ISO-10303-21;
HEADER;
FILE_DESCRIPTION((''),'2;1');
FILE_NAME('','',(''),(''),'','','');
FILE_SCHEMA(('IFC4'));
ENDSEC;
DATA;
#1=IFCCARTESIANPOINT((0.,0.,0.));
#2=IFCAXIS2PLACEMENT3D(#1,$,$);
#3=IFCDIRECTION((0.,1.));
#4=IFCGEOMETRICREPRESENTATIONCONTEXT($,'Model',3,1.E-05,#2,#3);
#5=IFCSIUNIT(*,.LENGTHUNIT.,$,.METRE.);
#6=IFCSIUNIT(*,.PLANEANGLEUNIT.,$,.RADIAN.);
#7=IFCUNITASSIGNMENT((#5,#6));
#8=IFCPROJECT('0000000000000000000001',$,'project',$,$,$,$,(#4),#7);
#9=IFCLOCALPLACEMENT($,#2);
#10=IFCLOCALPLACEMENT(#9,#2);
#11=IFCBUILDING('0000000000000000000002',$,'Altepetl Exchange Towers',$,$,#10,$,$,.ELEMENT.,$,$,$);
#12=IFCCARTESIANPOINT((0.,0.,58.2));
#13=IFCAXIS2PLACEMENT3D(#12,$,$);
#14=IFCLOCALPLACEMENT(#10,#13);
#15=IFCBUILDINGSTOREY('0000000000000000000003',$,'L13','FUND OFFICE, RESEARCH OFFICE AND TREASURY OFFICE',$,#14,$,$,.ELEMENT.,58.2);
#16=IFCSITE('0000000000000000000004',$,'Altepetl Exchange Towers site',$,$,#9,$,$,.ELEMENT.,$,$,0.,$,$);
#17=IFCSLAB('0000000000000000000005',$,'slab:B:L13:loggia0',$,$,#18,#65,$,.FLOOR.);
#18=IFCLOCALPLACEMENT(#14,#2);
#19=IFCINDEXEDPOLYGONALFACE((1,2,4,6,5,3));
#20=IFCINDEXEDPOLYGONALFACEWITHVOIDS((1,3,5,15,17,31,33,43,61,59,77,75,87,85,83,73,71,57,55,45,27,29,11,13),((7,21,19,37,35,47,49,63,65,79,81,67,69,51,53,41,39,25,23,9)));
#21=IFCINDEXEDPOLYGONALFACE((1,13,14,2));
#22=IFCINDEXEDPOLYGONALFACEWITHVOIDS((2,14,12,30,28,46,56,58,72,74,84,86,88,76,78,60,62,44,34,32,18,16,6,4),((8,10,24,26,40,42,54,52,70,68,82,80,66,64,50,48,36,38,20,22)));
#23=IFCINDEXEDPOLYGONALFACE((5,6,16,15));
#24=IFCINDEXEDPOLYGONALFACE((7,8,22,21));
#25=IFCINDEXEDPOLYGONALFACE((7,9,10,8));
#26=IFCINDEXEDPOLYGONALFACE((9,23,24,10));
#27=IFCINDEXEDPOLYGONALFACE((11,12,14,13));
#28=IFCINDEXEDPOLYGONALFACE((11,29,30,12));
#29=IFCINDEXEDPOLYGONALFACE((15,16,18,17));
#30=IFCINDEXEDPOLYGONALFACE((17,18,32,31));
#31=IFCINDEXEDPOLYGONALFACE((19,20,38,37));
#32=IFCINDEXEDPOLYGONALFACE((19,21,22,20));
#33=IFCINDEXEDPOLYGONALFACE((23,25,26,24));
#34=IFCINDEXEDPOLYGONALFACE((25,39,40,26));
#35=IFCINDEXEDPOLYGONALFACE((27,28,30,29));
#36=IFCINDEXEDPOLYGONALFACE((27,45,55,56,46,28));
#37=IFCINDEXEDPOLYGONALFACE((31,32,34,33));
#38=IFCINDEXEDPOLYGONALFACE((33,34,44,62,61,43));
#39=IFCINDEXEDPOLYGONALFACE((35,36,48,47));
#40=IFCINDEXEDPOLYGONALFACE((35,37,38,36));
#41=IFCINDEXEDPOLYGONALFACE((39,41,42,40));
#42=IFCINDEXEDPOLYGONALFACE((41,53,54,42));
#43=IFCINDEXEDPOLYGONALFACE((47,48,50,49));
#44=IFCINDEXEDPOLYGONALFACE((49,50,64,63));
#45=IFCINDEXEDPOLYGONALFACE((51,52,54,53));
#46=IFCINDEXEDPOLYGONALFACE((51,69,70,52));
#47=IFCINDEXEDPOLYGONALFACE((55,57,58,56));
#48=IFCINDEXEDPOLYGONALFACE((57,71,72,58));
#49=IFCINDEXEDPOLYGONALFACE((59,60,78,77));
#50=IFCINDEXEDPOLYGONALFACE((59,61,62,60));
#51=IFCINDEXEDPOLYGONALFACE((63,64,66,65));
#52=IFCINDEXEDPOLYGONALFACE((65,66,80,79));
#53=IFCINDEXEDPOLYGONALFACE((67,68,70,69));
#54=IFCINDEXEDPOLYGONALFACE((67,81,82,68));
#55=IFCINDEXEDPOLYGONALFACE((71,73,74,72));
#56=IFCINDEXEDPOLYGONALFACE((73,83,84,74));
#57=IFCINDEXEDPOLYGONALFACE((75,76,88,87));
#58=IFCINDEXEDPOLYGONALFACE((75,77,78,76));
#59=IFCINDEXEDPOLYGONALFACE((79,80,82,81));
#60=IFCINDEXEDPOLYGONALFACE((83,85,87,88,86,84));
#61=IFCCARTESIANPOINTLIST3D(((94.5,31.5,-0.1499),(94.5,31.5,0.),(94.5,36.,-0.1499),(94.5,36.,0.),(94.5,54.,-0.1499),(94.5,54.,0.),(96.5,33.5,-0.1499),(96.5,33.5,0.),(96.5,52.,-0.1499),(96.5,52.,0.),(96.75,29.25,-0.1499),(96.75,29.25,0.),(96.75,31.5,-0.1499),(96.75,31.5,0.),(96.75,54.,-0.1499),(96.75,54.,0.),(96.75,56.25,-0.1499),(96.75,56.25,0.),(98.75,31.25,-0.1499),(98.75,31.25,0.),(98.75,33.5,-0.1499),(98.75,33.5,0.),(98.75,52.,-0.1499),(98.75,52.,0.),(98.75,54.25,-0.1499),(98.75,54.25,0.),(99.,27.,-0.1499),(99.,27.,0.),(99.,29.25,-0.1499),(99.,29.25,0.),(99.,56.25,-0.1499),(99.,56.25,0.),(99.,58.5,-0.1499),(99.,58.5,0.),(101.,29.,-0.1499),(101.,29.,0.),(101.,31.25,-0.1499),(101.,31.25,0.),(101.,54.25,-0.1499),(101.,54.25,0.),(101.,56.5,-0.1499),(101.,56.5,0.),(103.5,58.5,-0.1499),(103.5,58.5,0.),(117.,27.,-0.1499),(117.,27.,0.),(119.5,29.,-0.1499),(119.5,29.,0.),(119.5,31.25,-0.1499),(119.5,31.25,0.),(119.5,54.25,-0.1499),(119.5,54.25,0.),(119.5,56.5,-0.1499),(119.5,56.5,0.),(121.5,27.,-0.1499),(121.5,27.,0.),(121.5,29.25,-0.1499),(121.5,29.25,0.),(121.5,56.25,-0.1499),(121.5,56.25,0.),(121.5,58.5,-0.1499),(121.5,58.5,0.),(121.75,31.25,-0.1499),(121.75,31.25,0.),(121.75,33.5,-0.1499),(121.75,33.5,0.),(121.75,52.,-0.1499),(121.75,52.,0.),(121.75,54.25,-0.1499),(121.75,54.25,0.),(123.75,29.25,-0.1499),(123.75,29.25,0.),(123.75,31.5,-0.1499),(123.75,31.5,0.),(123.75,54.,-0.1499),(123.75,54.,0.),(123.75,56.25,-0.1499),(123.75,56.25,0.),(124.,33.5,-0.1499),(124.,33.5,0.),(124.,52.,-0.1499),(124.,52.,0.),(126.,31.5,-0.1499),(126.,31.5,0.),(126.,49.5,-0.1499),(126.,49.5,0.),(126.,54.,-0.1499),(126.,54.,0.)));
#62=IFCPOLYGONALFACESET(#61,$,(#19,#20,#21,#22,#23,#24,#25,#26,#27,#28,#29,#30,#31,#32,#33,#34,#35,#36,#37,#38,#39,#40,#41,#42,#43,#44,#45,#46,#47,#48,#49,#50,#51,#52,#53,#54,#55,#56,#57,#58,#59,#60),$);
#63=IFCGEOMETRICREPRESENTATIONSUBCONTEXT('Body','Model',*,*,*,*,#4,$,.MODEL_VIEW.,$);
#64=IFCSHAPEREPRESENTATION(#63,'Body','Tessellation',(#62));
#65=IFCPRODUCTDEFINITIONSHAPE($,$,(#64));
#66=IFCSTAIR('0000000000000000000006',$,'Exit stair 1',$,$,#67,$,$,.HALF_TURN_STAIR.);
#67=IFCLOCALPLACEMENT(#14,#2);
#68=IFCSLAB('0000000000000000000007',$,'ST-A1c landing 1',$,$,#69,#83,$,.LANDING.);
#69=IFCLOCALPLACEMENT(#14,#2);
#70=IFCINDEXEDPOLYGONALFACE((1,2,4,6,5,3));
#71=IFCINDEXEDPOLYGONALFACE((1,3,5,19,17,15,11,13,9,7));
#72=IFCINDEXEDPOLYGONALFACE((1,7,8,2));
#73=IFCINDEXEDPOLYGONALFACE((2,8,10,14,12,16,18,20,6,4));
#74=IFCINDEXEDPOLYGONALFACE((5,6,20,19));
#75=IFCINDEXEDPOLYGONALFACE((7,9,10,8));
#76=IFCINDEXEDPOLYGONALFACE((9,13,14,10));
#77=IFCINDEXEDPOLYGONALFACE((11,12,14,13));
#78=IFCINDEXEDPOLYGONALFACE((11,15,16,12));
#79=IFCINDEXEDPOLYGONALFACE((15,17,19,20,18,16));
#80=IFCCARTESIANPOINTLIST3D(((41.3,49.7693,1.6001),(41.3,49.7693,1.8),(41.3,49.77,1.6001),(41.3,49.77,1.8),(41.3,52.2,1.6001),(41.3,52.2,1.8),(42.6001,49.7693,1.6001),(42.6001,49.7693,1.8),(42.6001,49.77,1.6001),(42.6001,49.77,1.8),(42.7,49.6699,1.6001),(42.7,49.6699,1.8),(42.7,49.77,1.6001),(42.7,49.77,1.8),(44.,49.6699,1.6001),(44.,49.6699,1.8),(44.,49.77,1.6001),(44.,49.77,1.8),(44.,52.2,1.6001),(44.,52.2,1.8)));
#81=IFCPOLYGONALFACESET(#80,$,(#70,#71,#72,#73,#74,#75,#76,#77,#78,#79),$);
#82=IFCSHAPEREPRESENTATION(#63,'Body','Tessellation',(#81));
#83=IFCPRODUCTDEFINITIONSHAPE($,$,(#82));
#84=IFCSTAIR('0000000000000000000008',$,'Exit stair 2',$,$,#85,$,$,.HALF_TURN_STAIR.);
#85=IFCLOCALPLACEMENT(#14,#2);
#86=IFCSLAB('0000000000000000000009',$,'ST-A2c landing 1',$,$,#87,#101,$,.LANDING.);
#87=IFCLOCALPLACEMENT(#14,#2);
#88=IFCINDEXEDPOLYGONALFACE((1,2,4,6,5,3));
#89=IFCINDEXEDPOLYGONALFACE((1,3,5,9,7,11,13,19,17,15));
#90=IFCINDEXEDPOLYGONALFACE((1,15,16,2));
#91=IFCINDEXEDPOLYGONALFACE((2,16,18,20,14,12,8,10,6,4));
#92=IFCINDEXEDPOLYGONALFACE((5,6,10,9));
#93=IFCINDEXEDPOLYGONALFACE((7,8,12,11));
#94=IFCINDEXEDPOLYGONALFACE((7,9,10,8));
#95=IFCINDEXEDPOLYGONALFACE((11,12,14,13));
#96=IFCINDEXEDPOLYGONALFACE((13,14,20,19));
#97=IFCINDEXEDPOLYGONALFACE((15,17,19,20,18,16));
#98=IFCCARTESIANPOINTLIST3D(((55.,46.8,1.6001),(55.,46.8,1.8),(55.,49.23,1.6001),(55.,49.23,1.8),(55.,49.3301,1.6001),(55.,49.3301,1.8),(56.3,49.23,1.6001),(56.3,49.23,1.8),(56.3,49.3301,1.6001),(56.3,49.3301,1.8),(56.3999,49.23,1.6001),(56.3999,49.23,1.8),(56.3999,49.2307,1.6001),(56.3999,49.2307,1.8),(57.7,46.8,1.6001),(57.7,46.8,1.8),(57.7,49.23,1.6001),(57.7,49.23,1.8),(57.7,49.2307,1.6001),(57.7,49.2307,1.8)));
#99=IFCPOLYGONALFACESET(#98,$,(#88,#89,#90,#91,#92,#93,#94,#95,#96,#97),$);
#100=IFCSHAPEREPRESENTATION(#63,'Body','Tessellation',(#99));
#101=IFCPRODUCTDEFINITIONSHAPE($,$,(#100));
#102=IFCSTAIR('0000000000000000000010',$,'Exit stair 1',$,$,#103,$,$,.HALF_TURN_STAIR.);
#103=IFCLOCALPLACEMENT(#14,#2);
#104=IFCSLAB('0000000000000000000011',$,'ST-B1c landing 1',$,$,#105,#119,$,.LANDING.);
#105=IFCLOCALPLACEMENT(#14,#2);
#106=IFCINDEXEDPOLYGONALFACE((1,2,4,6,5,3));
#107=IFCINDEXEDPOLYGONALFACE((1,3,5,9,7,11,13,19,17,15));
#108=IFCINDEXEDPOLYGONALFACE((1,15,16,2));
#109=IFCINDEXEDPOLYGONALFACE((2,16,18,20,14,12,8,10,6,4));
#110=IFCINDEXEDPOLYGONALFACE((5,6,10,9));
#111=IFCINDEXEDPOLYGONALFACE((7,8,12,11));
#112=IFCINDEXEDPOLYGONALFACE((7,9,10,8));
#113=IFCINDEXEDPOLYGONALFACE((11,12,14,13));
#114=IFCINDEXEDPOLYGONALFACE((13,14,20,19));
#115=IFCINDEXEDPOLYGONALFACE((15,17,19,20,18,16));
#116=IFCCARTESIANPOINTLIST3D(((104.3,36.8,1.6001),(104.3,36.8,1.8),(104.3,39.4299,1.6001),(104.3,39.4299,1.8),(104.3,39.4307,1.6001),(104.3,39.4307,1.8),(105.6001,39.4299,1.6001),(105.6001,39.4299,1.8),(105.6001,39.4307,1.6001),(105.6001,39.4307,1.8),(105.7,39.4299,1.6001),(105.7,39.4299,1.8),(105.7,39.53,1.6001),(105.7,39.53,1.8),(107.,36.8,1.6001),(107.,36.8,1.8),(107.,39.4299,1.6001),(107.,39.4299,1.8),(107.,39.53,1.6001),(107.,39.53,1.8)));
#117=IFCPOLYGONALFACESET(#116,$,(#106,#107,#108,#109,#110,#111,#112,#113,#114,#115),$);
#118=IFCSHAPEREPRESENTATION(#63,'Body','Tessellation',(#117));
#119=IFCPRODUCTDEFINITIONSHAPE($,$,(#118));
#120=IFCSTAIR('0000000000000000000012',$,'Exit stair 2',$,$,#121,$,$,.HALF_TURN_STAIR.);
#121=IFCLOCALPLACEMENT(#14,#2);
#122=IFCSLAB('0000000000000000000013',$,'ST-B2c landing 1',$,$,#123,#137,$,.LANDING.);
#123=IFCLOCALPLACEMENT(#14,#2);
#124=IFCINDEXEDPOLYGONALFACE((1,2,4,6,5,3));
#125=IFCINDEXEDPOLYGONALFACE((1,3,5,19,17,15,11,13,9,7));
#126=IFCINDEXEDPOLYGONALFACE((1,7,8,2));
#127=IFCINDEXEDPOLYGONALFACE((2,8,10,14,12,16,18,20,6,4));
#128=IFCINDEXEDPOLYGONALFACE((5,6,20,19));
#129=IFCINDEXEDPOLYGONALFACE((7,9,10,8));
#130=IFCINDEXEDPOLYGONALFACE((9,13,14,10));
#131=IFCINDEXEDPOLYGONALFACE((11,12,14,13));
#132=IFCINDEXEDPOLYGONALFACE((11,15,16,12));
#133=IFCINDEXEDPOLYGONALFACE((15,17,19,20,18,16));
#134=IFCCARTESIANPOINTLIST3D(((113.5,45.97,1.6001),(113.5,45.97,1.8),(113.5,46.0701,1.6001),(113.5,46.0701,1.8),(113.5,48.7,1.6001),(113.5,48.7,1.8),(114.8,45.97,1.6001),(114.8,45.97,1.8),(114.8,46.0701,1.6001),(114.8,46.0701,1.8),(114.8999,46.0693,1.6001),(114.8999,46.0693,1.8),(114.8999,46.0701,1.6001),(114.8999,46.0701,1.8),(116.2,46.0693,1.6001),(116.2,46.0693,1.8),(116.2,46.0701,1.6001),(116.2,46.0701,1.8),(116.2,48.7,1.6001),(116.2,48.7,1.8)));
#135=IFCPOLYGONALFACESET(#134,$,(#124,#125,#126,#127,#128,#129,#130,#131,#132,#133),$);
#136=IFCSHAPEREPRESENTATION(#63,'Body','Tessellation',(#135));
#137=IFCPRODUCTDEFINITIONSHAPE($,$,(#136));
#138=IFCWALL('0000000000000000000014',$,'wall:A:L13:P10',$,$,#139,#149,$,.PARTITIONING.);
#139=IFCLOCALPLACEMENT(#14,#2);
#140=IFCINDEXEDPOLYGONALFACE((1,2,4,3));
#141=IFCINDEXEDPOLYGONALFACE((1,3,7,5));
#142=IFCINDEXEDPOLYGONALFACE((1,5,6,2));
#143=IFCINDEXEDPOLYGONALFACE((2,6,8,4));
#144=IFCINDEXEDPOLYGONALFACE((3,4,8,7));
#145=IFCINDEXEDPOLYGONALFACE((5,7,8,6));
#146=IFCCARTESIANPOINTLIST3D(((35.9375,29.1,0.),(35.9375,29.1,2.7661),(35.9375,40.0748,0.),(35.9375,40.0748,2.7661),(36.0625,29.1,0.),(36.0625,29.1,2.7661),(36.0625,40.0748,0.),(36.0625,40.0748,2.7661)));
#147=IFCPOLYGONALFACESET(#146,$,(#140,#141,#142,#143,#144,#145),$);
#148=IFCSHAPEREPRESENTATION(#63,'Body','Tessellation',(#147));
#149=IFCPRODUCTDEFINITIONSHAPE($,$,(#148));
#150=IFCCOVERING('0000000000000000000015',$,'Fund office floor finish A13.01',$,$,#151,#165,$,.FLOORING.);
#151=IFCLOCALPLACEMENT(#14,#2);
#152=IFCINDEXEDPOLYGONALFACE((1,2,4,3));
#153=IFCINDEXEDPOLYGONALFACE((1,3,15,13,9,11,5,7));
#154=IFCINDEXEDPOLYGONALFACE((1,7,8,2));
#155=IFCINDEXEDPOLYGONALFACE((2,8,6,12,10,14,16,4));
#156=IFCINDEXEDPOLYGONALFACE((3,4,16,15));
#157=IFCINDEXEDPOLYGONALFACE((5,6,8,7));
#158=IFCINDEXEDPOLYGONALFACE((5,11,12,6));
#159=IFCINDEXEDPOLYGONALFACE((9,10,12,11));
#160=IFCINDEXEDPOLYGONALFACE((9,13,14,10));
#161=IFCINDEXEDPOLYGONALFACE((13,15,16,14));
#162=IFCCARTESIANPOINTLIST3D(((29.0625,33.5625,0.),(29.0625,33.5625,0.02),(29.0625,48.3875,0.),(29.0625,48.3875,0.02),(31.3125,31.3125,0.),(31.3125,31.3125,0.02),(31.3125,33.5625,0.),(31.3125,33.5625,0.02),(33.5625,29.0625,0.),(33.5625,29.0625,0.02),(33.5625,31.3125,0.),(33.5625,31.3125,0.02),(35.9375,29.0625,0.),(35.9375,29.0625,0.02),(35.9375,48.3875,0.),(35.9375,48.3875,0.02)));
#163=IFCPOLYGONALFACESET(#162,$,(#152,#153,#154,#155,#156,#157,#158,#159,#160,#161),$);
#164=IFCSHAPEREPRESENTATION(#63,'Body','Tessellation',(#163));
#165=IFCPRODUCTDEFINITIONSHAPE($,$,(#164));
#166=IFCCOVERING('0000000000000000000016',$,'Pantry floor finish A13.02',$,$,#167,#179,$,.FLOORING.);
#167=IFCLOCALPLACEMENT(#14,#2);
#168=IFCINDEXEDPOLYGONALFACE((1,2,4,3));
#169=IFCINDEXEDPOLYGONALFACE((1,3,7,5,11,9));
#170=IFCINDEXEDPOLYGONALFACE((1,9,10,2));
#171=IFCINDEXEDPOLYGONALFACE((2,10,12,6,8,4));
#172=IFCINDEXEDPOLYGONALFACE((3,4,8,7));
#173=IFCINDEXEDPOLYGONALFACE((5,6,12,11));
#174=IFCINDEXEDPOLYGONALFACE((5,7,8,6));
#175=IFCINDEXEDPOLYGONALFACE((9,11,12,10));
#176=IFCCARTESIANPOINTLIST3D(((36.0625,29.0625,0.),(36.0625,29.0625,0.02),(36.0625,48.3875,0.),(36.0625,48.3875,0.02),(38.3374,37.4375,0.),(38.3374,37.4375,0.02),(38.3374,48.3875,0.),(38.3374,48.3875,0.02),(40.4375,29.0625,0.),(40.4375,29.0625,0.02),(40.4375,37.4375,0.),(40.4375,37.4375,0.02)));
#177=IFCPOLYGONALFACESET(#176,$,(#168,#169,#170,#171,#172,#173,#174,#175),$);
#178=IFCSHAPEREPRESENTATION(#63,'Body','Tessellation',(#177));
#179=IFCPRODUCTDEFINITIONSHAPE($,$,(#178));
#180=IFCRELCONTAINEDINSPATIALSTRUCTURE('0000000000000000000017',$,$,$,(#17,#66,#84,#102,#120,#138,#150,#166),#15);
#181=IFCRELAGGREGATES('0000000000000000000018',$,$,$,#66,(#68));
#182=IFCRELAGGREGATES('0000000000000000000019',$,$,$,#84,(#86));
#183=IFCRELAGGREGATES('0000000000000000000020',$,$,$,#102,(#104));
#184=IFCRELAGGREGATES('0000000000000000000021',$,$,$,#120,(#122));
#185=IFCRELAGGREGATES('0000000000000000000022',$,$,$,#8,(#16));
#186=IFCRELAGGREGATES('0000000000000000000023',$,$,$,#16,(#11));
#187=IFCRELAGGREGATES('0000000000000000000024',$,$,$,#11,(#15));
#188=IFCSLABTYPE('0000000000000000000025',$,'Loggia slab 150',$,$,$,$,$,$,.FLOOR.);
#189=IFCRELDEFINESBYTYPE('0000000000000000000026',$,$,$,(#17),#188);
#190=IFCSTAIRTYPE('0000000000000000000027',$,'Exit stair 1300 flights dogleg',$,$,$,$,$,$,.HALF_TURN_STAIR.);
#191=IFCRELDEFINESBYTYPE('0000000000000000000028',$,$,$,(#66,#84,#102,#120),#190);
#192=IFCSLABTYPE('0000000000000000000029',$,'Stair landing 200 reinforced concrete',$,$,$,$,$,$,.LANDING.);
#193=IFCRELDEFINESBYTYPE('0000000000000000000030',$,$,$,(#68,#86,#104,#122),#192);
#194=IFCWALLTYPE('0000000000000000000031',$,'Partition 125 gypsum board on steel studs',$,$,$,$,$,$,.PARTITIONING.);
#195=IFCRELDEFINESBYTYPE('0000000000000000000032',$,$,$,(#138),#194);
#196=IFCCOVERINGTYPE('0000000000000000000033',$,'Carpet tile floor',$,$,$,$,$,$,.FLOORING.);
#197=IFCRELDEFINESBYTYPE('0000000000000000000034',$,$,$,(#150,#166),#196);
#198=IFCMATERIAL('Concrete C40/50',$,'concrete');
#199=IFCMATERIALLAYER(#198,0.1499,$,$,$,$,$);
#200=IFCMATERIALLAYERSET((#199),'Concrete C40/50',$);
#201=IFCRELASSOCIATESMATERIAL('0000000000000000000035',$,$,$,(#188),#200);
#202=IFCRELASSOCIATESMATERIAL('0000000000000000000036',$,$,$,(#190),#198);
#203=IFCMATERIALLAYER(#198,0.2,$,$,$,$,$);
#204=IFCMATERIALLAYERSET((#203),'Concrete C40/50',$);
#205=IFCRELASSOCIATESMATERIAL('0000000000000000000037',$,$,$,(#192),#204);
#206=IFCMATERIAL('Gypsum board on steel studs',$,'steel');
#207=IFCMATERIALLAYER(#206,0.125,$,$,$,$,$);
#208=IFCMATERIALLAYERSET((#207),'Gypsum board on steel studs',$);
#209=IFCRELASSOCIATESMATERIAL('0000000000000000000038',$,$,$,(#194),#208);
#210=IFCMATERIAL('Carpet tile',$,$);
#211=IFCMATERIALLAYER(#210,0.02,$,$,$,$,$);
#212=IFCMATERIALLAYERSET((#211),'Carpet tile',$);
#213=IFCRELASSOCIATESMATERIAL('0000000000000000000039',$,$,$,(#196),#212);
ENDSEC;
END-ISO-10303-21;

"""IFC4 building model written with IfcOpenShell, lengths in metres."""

from ifc_helpers import new_model, si_unit, direction, frame, frame_2d, origin, place, context, subcontext, project, spatial, polyline, rectangle, outline, extrude, material, layer, layer_set, type_object, element, aggregate, save


model = new_model("IFC4")

# Units and contexts
model_context = context("Model", 3, precision=1e-05, world=origin(), true_north=direction((0.0, 1.0)))
body_context = subcontext(model_context, "Body", "Model", "MODEL_VIEW")
ifc_project = project(units=[si_unit("LENGTHUNIT", "METRE"), si_unit("PLANEANGLEUNIT", "RADIAN")], contexts=[model_context])

# Site, building, storey
site_placement = place(None, origin())
site = spatial("IfcSite", under=ifc_project, at=site_placement, Name="Altepetl Exchange Towers site", CompositionType="ELEMENT", RefElevation=0.0)
building_placement = place(site_placement, origin())
building = spatial("IfcBuilding", under=site, at=building_placement, Name="Altepetl Exchange Towers", CompositionType="ELEMENT")
storey_placement = place(building_placement, frame((0.0, 0.0, 58.2)))
storey = spatial("IfcBuildingStorey", under=building, at=storey_placement, Name="L13", Description="FUND OFFICE, RESEARCH OFFICE AND TREASURY OFFICE", CompositionType="ELEMENT", Elevation=58.2)

# Shared definitions
ifc_material_1 = material(Name="Concrete C40/50", Category="concrete")

# Slab
ifc_layer_1 = layer(ifc_material_1, 0.1499)
ifc_layer_set_1 = layer_set([ifc_layer_1], Name="Concrete C40/50")
slab_type_1 = type_object("IfcSlabType", Name="Loggia slab 150", PredefinedType="FLOOR", material=ifc_layer_set_1)
slab_1_placement = place(storey_placement, frame((0.0, 0.0, -0.1499)))
element("IfcSlab", 1, at=slab_1_placement, inside=storey, type_object=slab_type_1, Name="slab:B:L13:loggia0", PredefinedType="FLOOR", context=body_context, shape_type="SweptSolid", body=[
    extrude(outline(polyline([(96.75, 54.0), (94.5, 54.0), (94.5, 36.0), (94.5, 31.5), (96.75, 31.5), (96.75, 29.25), (99.0, 29.25), (99.0, 27.0), (117.0, 27.0), (121.5, 27.0), (121.5, 29.25), (123.75, 29.25), (123.75, 31.5), (126.0, 31.5), (126.0, 49.5), (126.0, 54.0), (123.75, 54.0), (123.75, 56.25), (121.5, 56.25), (121.5, 58.5), (103.5, 58.5), (99.0, 58.5), (99.0, 56.25), (96.75, 56.25), (96.75, 54.0)]), holes=[polyline([(96.5, 52.0), (98.75, 52.0), (98.75, 54.25), (101.0, 54.25), (101.0, 56.5), (119.5, 56.5), (119.5, 54.25), (121.75, 54.25), (121.75, 52.0), (124.0, 52.0), (124.0, 33.5), (121.75, 33.5), (121.75, 31.25), (119.5, 31.25), (119.5, 29.0), (101.0, 29.0), (101.0, 31.25), (98.75, 31.25), (98.75, 33.5), (96.5, 33.5), (96.5, 52.0)])]), origin(), (0.0, 0.0, 1.0), 0.1499),
])

# Stairs, slabs
stair_type = type_object("IfcStairType", Name="Exit stair 1300 flights dogleg", PredefinedType="HALF_TURN_STAIR", material=ifc_material_1)
stair_1_placement = place(storey_placement, origin())
stair_1 = element("IfcStair", 2, at=stair_1_placement, inside=storey, type_object=stair_type, Name="Exit stair 1", PredefinedType="HALF_TURN_STAIR")
ifc_layer_2 = layer(ifc_material_1, 0.2)
ifc_layer_set_2 = layer_set([ifc_layer_2], Name="Concrete C40/50")
slab_type_2 = type_object("IfcSlabType", Name="Stair landing 200 reinforced concrete", PredefinedType="LANDING", material=ifc_layer_set_2)
slab_2_placement = place(storey_placement, frame((0.0, 0.0, 1.6001)))
slab_2 = element("IfcSlab", 3, at=slab_2_placement, type_object=slab_type_2, Name="ST-A1c landing 1", PredefinedType="LANDING", context=body_context, shape_type="SweptSolid", body=[
    extrude(outline(polyline([(44.0, 49.6699), (42.7, 49.6699), (42.7, 49.77), (42.6001, 49.77), (42.6001, 49.7693), (41.3, 49.7693), (41.3, 49.77), (41.3, 52.2), (44.0, 52.2), (44.0, 49.77), (44.0, 49.6699)])), origin(), (0.0, 0.0, 1.0), 0.2),
])
aggregate(stair_1, [slab_2])
stair_2_placement = place(storey_placement, origin())
stair_2 = element("IfcStair", 4, at=stair_2_placement, inside=storey, type_object=stair_type, Name="Exit stair 2", PredefinedType="HALF_TURN_STAIR")
slab_3_placement = place(storey_placement, frame((0.0, 0.0, 1.6001)))
slab_3 = element("IfcSlab", 5, at=slab_3_placement, type_object=slab_type_2, Name="ST-A2c landing 1", PredefinedType="LANDING", context=body_context, shape_type="SweptSolid", body=[
    extrude(outline(polyline([(57.7, 46.8), (55.0, 46.8), (55.0, 49.23), (55.0, 49.3301), (56.3, 49.3301), (56.3, 49.23), (56.3999, 49.23), (56.3999, 49.2307), (57.7, 49.2307), (57.7, 49.23), (57.7, 46.8)])), origin(), (0.0, 0.0, 1.0), 0.2),
])
aggregate(stair_2, [slab_3])
stair_3_placement = place(storey_placement, origin())
stair_3 = element("IfcStair", 6, at=stair_3_placement, inside=storey, type_object=stair_type, Name="Exit stair 1", PredefinedType="HALF_TURN_STAIR")
slab_4_placement = place(storey_placement, frame((0.0, 0.0, 1.6001)))
slab_4 = element("IfcSlab", 7, at=slab_4_placement, type_object=slab_type_2, Name="ST-B1c landing 1", PredefinedType="LANDING", context=body_context, shape_type="SweptSolid", body=[
    extrude(outline(polyline([(107.0, 36.8), (104.3, 36.8), (104.3, 39.4299), (104.3, 39.4307), (105.6001, 39.4307), (105.6001, 39.4299), (105.7, 39.4299), (105.7, 39.53), (107.0, 39.53), (107.0, 39.4299), (107.0, 36.8)])), origin(), (0.0, 0.0, 1.0), 0.2),
])
aggregate(stair_3, [slab_4])
stair_4_placement = place(storey_placement, origin())
stair_4 = element("IfcStair", 8, at=stair_4_placement, inside=storey, type_object=stair_type, Name="Exit stair 2", PredefinedType="HALF_TURN_STAIR")
slab_5_placement = place(storey_placement, frame((0.0, 0.0, 1.6001)))
slab_5 = element("IfcSlab", 9, at=slab_5_placement, type_object=slab_type_2, Name="ST-B2c landing 1", PredefinedType="LANDING", context=body_context, shape_type="SweptSolid", body=[
    extrude(outline(polyline([(114.8, 45.97), (113.5, 45.97), (113.5, 46.0701), (113.5, 48.7), (116.2, 48.7), (116.2, 46.0701), (116.2, 46.0693), (114.8999, 46.0693), (114.8999, 46.0701), (114.8, 46.0701), (114.8, 45.97)])), origin(), (0.0, 0.0, 1.0), 0.2),
])
aggregate(stair_4, [slab_5])

# Wall
ifc_material_2 = material(Name="Gypsum board on steel studs", Category="steel")
ifc_layer_3 = layer(ifc_material_2, 0.125)
ifc_layer_set_3 = layer_set([ifc_layer_3], Name="Gypsum board on steel studs")
wall_type = type_object("IfcWallType", Name="Partition 125 gypsum board on steel studs", PredefinedType="PARTITIONING", material=ifc_layer_set_3)
wall_placement = place(storey_placement, frame((36.0, 29.1001, 0.0), z_axis=(0.0, 0.0, 1.0), x_axis=(0.0, 1.0, 0.0)))
element("IfcWall", 10, at=wall_placement, inside=storey, type_object=wall_type, Name="wall:A:L13:P10", PredefinedType="PARTITIONING", context=body_context, shape_type="SweptSolid", body=[
    extrude(rectangle(XDim=10.9749, YDim=0.125, at=frame_2d((5.4873, 0.0))), origin(), (0.0, 0.0, 1.0), 2.7661),
])

# Coverings
ifc_material_3 = material(Name="Carpet tile")
ifc_layer_4 = layer(ifc_material_3, 0.02)
ifc_layer_set_4 = layer_set([ifc_layer_4], Name="Carpet tile")
covering_type_1 = type_object("IfcCoveringType", Name="Carpet tile floor", PredefinedType="FLOORING", material=ifc_layer_set_4)
covering_1_placement = place(storey_placement, origin())
element("IfcCovering", 11, at=covering_1_placement, inside=storey, type_object=covering_type_1, Name="Fund office floor finish A13.01", PredefinedType="FLOORING", context=body_context, shape_type="SweptSolid", body=[
    extrude(outline(polyline([(31.3125, 31.3125), (33.5625, 31.3125), (33.5625, 29.0625), (35.9375, 29.0625), (35.9375, 48.3875), (29.0625, 48.3875), (29.0625, 33.5625), (31.3125, 33.5625), (31.3125, 31.3125)])), origin(), (0.0, 0.0, 1.0), 0.02),
])
covering_2_placement = place(storey_placement, origin())
element("IfcCovering", 12, at=covering_2_placement, inside=storey, type_object=covering_type_1, Name="Pantry floor finish A13.02", PredefinedType="FLOORING", context=body_context, shape_type="SweptSolid", body=[
    extrude(outline(polyline([(36.0625, 48.3875), (36.0625, 29.0625), (40.4375, 29.0625), (40.4375, 37.4375), (38.3374, 37.4375), (38.3374, 48.3875), (36.0625, 48.3875)])), origin(), (0.0, 0.0, 1.0), 0.02),
])

save(model, "model.ifc")
